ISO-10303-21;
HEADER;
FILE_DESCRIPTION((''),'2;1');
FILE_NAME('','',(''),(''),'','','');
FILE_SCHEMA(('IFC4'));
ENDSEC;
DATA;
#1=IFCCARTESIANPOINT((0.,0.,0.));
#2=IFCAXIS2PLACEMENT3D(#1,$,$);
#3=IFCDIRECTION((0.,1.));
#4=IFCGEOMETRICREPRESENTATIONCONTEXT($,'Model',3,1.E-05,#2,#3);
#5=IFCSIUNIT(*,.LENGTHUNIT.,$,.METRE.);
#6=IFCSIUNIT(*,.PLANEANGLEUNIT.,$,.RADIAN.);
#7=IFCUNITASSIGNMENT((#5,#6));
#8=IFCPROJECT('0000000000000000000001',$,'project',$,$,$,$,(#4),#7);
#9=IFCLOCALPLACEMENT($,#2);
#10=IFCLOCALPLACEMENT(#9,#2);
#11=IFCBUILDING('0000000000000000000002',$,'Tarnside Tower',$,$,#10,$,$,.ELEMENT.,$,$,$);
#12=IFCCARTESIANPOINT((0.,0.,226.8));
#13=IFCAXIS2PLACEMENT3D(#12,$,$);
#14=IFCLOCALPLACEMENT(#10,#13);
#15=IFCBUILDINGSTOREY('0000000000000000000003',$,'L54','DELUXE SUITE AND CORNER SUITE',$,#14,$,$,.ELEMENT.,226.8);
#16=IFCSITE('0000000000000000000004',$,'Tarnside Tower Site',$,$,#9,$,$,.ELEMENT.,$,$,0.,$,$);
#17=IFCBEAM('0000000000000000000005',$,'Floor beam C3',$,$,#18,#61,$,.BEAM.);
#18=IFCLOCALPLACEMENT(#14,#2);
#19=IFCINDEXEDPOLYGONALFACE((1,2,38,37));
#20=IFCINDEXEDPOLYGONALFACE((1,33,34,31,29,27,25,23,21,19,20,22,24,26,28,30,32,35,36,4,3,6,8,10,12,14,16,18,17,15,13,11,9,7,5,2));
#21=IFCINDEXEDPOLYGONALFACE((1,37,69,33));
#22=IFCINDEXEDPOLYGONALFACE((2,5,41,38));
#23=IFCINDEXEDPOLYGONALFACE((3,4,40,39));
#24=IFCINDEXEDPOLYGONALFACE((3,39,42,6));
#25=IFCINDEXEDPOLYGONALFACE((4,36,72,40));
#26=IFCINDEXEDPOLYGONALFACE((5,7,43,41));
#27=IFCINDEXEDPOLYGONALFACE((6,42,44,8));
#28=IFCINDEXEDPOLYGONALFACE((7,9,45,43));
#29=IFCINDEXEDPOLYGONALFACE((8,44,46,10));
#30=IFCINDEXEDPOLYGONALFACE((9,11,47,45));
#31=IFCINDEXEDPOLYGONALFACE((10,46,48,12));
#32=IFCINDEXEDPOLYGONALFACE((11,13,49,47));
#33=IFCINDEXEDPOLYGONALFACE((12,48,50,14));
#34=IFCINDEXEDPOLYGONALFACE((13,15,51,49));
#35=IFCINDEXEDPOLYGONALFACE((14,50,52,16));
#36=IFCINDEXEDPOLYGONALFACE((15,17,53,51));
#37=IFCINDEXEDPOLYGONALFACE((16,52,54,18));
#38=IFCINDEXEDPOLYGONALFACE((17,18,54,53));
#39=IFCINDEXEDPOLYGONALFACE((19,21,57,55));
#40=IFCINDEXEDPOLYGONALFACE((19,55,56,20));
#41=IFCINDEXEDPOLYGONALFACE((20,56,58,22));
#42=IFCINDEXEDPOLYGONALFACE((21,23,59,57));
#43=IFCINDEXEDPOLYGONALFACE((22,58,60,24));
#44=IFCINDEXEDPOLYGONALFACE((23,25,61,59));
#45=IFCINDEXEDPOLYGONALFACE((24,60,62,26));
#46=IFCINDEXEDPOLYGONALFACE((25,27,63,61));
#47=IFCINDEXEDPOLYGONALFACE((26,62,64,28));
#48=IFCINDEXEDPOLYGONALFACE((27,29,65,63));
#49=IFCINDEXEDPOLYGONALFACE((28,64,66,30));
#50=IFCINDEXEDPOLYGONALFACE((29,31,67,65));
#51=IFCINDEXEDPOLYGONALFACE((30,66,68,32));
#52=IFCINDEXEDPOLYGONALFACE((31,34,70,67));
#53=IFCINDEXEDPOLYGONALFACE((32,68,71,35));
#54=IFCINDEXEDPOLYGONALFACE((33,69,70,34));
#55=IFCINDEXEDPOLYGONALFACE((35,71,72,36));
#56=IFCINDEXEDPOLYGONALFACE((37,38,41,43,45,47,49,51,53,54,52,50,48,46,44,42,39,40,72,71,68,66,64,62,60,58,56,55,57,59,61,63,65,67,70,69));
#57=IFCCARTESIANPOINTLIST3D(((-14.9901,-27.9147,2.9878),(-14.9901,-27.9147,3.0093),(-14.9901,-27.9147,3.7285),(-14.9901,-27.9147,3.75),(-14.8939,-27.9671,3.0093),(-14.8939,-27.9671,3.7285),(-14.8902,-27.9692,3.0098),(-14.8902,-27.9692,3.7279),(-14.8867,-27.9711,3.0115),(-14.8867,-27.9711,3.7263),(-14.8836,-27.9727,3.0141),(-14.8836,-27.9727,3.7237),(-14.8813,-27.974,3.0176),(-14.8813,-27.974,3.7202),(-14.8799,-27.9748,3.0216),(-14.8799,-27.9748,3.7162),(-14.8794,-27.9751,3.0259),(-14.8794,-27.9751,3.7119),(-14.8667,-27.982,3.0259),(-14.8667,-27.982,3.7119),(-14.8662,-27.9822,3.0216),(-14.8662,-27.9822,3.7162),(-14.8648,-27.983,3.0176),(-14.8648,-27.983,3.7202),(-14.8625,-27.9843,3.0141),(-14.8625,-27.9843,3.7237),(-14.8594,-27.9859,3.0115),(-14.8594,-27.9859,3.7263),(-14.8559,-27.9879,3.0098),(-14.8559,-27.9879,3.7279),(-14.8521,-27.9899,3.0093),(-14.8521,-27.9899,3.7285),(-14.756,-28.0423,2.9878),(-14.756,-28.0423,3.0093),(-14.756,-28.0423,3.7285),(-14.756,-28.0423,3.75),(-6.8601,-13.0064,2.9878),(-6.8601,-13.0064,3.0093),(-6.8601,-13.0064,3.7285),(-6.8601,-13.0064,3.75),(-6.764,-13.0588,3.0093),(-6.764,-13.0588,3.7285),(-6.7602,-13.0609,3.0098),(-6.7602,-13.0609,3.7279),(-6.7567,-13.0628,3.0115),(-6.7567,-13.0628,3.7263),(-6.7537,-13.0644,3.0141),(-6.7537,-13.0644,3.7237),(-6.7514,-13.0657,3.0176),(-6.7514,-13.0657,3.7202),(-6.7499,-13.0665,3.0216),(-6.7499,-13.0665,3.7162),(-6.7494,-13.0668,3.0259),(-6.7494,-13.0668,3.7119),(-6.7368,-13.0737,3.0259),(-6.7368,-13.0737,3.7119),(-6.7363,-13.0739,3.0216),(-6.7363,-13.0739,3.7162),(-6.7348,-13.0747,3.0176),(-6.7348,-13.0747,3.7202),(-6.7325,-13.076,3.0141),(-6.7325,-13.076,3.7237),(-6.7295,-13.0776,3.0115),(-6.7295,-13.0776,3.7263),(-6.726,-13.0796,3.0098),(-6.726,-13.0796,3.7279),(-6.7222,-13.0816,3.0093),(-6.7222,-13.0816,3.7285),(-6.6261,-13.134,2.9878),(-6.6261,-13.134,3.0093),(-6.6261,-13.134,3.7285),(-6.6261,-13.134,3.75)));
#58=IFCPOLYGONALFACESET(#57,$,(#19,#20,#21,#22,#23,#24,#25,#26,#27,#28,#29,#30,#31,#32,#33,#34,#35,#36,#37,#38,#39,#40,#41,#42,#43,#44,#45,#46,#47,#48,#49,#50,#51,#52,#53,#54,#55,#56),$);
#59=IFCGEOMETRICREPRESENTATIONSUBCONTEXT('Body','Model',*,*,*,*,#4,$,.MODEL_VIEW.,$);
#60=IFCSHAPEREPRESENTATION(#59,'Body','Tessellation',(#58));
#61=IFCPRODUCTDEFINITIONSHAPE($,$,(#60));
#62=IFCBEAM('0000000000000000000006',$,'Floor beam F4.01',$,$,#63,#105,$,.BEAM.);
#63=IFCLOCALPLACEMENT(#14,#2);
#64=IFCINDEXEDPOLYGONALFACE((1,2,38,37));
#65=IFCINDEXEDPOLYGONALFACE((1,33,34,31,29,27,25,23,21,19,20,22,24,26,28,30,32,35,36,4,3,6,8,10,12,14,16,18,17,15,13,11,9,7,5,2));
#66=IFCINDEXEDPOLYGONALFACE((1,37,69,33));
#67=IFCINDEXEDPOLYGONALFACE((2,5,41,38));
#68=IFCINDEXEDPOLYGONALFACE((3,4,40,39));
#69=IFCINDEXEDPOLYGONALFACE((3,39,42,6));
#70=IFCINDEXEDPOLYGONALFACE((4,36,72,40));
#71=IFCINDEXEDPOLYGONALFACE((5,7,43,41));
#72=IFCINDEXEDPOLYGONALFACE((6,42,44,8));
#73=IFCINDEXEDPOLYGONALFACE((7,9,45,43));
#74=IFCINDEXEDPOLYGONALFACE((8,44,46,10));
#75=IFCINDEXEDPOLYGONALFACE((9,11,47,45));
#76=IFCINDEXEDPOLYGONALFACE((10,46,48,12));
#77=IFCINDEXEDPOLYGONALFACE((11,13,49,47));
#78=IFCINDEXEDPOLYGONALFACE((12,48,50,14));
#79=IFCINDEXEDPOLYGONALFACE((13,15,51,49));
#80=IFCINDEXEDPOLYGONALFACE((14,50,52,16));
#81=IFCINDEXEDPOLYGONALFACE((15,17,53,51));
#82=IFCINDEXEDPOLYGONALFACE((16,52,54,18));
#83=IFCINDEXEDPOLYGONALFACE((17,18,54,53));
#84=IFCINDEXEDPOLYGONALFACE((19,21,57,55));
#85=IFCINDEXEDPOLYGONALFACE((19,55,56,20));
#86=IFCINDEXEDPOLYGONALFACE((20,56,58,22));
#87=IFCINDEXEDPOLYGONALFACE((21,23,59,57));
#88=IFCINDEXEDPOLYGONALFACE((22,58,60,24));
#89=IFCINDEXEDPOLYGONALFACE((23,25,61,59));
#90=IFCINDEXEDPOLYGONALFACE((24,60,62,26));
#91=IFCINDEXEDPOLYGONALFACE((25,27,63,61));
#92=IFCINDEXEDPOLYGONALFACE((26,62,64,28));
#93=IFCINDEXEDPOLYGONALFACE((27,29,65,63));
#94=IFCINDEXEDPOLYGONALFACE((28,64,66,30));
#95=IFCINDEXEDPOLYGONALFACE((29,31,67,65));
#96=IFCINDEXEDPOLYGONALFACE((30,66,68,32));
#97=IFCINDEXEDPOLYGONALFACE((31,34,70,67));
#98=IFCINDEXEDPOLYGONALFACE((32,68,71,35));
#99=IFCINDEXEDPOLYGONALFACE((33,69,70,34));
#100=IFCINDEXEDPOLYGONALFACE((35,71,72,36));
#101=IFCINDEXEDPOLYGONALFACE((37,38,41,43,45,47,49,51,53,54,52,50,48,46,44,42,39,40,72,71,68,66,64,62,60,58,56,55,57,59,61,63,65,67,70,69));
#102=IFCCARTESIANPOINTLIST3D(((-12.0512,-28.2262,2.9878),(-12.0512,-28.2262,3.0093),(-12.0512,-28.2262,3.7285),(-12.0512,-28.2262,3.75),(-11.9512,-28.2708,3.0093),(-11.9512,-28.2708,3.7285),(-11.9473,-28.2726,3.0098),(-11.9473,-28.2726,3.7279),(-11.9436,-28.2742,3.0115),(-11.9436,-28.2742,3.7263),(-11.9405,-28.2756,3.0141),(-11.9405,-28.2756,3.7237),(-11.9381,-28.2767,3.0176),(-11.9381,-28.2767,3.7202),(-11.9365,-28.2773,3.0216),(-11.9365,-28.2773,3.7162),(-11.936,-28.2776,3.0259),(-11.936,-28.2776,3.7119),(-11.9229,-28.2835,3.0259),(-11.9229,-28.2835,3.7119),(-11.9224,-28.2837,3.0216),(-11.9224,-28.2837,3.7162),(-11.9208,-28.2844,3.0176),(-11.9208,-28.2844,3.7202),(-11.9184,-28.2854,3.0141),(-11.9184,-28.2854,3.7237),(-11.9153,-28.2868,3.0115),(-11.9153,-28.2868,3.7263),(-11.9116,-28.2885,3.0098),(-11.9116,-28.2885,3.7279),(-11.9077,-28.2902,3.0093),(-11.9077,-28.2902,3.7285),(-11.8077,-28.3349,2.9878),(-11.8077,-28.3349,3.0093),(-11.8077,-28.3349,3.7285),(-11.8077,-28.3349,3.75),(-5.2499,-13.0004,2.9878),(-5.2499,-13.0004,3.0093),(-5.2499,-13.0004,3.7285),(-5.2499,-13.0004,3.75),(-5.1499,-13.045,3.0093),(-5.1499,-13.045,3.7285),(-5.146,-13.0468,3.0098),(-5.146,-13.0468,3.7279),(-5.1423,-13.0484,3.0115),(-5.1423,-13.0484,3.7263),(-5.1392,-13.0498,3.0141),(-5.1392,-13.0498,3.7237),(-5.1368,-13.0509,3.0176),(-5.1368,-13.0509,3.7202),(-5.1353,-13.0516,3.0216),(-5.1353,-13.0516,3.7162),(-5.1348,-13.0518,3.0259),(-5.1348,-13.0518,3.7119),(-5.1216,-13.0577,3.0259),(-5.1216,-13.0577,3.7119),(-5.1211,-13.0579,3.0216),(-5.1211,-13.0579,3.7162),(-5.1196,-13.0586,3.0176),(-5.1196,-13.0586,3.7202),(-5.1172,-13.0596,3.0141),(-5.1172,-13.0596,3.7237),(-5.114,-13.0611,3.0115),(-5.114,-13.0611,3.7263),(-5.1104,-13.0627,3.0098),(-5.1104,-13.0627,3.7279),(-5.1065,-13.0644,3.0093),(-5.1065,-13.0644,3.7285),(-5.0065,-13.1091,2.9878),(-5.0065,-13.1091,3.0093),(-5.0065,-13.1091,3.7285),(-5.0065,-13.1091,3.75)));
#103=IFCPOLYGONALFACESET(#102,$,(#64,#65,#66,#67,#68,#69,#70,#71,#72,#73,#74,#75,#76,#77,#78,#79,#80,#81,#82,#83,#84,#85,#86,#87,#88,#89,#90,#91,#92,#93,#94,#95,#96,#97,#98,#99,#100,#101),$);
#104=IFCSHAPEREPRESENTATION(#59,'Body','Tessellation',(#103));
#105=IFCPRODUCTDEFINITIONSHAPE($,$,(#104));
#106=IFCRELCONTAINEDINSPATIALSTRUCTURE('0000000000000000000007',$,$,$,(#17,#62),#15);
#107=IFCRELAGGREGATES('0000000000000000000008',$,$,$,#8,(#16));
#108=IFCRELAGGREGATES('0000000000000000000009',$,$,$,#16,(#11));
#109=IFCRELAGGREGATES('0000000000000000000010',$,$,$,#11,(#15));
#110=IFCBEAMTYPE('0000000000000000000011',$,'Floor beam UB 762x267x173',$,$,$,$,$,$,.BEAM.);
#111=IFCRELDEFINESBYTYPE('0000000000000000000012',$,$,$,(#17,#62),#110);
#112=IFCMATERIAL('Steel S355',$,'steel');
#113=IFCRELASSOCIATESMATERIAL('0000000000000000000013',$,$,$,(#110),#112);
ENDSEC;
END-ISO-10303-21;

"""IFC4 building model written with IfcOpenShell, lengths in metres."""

from ifc_helpers import new_model, si_unit, direction, frame, origin, origin_2d, place, context, subcontext, project, spatial, i_section, extrude, material, material_profile, profile_set, type_object, element, save


model = new_model("IFC4")

# Units and contexts
model_context = context("Model", 3, precision=1e-05, world=origin(), true_north=direction((0.0, 1.0)))
body_context = subcontext(model_context, "Body", "Model", "MODEL_VIEW")
ifc_project = project(units=[si_unit("LENGTHUNIT", "METRE"), si_unit("PLANEANGLEUNIT", "RADIAN")], contexts=[model_context])

# Site, building, storey
site_placement = place(None, origin())
site = spatial("IfcSite", under=ifc_project, at=site_placement, Name="Tarnside Tower Site", CompositionType="ELEMENT", RefElevation=0.0)
building_placement = place(site_placement, origin())
building = spatial("IfcBuilding", under=site, at=building_placement, Name="Tarnside Tower", CompositionType="ELEMENT")
storey_placement = place(building_placement, frame((0.0, 0.0, 226.8)))
storey = spatial("IfcBuildingStorey", under=building, at=storey_placement, Name="L54", Description="DELUXE SUITE AND CORNER SUITE", CompositionType="ELEMENT", Elevation=226.8)

# Beams
ifc_material_1 = material(Name="Steel S355", Category="steel")
ifc_material_profile = material_profile(ifc_material_1, i_section(OverallWidth=0.2666, OverallDepth=0.7622, WebThickness=0.0144, FlangeThickness=0.0215, FilletRadius=0.0166, at=origin_2d()), Name="UB 762x267x173")
ifc_profile_set = profile_set([ifc_material_profile], Name="Steel S355")
beam_type = type_object("IfcBeamType", Name="Floor beam UB 762x267x173", PredefinedType="BEAM", material=ifc_profile_set)
beam_1_placement = place(storey_placement, frame((-14.873, -27.9785, 3.3689), z_axis=(0.478768, 0.877942, 0.0), x_axis=(-0.877942, 0.478768, 0.0)))
element("IfcBeam", 1, at=beam_1_placement, inside=storey, type_object=beam_type, Name="Floor beam C3", PredefinedType="BEAM", context=body_context, shape_type="SweptSolid", body=[
    extrude(i_section(OverallWidth=0.2666, OverallDepth=0.7622, WebThickness=0.0144, FlangeThickness=0.0215, FilletRadius=0.0166, at=origin_2d()), origin(), (0.0, 0.0, 1.0), 16.981),
])
beam_2_placement = place(storey_placement, frame((-11.9294, -28.2805, 3.3689), z_axis=(0.407852, 0.913048, 0.0), x_axis=(-0.913048, 0.407852, 0.0)))
element("IfcBeam", 2, at=beam_2_placement, inside=storey, type_object=beam_type, Name="Floor beam F4.01", PredefinedType="BEAM", context=body_context, shape_type="SweptSolid", body=[
    extrude(i_section(OverallWidth=0.2666, OverallDepth=0.7622, WebThickness=0.0144, FlangeThickness=0.0215, FilletRadius=0.0166, at=origin_2d()), origin(), (0.0, 0.0, 1.0), 16.6758),
])

save(model, "model.ifc")
